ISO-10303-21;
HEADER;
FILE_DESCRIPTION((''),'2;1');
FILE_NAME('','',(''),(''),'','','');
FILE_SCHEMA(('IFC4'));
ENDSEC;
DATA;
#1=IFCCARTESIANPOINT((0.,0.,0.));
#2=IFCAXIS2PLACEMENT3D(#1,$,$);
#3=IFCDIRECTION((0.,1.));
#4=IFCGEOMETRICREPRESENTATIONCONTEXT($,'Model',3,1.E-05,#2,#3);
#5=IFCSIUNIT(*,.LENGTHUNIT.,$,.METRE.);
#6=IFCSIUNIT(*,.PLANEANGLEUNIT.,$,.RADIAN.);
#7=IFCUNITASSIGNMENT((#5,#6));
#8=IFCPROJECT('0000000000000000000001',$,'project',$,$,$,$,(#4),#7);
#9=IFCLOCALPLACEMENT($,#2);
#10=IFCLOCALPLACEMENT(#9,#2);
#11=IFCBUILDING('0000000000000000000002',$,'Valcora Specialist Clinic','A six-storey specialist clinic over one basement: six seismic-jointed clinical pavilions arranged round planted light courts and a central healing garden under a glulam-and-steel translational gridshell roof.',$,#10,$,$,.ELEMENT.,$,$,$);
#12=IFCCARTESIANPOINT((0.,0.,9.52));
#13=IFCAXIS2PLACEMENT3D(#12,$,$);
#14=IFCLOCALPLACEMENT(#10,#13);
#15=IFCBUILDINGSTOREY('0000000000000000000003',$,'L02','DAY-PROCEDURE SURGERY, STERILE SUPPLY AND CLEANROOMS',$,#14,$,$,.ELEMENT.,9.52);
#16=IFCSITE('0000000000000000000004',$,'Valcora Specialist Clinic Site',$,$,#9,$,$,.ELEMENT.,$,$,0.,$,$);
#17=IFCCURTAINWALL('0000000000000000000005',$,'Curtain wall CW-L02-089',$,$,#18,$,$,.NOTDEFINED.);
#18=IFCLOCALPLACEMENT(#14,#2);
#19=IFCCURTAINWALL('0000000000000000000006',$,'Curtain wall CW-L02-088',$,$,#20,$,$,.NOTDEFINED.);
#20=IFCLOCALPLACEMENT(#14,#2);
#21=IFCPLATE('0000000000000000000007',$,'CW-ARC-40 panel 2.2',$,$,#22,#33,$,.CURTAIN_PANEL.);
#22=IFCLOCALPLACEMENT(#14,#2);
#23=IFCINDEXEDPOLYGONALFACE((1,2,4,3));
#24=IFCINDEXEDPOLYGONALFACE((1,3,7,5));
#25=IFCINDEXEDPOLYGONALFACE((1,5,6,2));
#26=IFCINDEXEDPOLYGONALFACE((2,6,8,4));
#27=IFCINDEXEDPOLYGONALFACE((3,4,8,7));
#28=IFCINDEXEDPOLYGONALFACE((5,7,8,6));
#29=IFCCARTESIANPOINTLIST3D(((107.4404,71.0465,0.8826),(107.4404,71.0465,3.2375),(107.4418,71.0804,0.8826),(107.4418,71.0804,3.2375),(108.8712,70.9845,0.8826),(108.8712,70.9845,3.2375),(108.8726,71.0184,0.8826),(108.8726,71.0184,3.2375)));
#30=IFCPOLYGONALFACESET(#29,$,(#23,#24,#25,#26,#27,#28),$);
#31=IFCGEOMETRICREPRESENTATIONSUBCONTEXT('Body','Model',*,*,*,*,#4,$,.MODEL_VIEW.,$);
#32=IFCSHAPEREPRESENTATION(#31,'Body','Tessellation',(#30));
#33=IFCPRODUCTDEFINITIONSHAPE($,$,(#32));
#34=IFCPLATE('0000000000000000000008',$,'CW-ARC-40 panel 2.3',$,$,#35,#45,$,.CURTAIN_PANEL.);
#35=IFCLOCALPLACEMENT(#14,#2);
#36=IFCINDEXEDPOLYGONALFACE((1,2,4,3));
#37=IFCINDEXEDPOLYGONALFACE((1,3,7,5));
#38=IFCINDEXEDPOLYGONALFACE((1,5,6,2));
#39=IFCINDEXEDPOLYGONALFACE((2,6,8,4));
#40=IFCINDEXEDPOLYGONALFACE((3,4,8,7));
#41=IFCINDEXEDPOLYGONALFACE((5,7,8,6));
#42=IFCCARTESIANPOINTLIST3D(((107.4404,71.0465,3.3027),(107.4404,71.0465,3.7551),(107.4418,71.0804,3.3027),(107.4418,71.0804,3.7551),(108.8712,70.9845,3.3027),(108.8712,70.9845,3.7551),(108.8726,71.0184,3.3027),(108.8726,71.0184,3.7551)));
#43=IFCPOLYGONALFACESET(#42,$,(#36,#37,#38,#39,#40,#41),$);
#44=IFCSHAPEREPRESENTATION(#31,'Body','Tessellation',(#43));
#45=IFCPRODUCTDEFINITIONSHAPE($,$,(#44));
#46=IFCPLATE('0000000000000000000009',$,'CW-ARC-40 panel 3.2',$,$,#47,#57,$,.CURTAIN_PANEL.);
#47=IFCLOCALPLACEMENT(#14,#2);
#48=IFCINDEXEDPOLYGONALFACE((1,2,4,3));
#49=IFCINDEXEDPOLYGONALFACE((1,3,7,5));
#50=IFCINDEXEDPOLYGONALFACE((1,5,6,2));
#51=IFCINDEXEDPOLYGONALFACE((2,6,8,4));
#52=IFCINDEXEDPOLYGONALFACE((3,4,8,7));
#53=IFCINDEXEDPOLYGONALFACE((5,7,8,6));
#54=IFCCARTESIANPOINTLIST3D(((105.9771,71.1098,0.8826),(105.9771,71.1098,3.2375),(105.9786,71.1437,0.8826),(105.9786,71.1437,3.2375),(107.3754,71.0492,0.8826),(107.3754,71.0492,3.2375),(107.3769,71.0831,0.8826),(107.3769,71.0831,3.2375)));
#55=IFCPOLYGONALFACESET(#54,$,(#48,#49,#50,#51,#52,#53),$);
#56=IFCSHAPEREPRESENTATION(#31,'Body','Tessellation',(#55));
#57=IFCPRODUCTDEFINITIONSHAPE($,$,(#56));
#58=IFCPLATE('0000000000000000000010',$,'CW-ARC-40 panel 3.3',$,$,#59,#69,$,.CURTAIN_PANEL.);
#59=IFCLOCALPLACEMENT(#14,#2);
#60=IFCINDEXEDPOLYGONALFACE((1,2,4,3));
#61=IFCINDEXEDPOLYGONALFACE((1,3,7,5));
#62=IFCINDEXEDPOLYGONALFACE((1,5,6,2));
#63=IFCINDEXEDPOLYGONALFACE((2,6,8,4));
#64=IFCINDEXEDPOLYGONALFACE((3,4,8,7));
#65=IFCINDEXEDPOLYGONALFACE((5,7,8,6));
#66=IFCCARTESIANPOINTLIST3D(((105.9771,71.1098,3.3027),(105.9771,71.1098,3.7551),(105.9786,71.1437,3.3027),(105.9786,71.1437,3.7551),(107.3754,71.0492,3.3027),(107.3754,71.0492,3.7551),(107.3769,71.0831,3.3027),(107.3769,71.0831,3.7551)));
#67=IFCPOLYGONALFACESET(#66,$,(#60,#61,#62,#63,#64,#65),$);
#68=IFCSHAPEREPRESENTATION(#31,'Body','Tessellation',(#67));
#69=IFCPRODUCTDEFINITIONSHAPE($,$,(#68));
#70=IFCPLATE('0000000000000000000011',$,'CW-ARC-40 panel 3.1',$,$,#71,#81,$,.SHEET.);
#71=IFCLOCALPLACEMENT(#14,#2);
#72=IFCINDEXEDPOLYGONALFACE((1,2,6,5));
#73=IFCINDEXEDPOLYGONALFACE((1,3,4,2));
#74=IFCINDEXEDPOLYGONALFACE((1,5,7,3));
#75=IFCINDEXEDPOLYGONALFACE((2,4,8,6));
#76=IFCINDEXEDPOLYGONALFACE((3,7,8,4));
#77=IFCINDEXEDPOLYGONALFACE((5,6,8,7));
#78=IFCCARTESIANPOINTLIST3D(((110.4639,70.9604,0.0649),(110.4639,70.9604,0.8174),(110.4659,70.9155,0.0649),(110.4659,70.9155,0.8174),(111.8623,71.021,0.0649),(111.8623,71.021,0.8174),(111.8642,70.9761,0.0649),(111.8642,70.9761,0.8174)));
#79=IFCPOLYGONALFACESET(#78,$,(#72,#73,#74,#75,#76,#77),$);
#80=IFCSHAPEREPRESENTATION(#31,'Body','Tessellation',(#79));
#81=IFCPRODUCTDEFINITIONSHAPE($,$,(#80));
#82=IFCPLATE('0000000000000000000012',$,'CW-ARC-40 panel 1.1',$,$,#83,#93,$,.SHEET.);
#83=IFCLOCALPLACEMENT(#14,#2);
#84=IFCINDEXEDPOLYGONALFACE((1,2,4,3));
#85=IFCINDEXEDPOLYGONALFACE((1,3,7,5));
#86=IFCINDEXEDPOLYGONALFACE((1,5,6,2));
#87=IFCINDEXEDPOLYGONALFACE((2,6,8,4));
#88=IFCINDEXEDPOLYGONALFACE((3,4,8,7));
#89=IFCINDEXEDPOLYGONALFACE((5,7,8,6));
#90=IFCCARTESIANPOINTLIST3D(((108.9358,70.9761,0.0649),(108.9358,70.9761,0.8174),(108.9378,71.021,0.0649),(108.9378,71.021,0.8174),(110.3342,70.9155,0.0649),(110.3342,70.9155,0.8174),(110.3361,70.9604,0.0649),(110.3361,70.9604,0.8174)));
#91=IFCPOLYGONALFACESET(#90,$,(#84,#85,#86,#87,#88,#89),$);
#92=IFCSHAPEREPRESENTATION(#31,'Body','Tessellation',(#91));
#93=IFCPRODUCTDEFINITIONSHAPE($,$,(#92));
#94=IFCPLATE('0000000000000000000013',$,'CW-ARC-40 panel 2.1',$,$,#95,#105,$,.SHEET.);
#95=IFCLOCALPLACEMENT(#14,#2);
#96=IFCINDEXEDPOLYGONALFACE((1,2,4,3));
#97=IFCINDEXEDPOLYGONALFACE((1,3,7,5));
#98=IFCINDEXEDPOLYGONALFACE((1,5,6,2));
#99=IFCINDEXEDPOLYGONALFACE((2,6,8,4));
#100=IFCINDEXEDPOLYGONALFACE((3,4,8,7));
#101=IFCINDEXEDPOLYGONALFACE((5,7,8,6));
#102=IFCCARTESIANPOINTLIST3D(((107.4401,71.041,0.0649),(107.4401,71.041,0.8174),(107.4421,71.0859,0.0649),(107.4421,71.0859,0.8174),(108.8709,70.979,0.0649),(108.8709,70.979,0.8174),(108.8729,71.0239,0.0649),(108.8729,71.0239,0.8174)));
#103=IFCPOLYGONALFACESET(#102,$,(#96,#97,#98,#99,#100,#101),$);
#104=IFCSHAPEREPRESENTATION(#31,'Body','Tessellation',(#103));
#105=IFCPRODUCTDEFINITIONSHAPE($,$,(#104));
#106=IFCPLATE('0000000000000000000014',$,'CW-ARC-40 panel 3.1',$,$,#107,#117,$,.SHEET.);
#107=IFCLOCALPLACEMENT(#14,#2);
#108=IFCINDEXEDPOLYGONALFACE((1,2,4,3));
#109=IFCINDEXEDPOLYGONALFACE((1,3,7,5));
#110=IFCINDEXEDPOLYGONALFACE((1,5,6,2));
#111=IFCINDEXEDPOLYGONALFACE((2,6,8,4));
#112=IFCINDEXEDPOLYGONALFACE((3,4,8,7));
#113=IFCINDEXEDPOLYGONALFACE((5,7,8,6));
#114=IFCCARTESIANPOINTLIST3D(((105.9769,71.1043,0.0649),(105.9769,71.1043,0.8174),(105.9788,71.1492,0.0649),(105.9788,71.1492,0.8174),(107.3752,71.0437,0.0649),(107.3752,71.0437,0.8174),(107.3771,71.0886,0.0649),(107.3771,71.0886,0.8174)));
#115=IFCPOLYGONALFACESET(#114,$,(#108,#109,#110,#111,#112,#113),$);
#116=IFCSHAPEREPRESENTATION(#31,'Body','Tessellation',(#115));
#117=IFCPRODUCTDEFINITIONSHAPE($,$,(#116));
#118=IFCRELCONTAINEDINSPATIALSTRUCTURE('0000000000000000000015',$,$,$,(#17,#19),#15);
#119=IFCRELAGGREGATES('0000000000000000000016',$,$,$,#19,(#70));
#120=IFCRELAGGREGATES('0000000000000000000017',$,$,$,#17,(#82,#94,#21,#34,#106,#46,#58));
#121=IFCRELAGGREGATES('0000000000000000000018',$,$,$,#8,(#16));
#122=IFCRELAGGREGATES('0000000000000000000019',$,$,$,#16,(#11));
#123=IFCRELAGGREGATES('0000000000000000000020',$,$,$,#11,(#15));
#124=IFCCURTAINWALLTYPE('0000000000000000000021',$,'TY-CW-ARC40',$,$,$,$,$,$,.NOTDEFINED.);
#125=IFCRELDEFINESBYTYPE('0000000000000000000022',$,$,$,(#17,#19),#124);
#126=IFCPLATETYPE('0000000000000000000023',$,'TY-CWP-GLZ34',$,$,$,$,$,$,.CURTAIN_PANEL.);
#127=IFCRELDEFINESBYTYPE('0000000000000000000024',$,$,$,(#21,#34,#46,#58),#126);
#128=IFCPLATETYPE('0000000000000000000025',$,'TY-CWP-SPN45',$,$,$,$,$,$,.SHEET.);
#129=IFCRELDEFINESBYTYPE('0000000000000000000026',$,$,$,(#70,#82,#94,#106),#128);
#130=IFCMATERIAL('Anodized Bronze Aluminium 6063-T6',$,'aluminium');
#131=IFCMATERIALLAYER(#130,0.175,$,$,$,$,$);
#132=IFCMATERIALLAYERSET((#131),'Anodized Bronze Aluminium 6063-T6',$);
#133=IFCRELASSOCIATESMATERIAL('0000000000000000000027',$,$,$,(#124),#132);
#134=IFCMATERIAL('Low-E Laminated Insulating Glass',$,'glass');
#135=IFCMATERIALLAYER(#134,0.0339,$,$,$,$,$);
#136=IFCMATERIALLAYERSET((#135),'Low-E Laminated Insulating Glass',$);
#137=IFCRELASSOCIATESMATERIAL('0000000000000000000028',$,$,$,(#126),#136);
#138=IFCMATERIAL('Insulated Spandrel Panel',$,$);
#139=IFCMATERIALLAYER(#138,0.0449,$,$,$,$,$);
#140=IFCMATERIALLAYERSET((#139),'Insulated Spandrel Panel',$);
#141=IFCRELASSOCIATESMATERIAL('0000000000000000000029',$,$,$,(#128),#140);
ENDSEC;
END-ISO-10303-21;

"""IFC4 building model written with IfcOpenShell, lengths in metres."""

from ifc_helpers import new_model, si_unit, direction, frame, origin, origin_2d, place, context, subcontext, project, spatial, rectangle, extrude, material, layer, layer_set, type_object, element, aggregate, save


model = new_model("IFC4")

# Units and contexts
model_context = context("Model", 3, precision=1e-05, world=origin(), true_north=direction((0.0, 1.0)))
body_context = subcontext(model_context, "Body", "Model", "MODEL_VIEW")
ifc_project = project(units=[si_unit("LENGTHUNIT", "METRE"), si_unit("PLANEANGLEUNIT", "RADIAN")], contexts=[model_context])

# Site, building, storey
site_placement = place(None, origin())
site = spatial("IfcSite", under=ifc_project, at=site_placement, Name="Valcora Specialist Clinic Site", CompositionType="ELEMENT", RefElevation=0.0)
building_placement = place(site_placement, origin())
building = spatial("IfcBuilding", under=site, at=building_placement, Name="Valcora Specialist Clinic", Description="A six-storey specialist clinic over one basement: six seismic-jointed clinical pavilions arranged round planted light courts and a central healing garden under a glulam-and-steel translational gridshell roof.", CompositionType="ELEMENT")
storey_placement = place(building_placement, frame((0.0, 0.0, 9.52)))
storey = spatial("IfcBuildingStorey", under=building, at=storey_placement, Name="L02", Description="DAY-PROCEDURE SURGERY, STERILE SUPPLY AND CLEANROOMS", CompositionType="ELEMENT", Elevation=9.52)

# Curtain wall
ifc_material_1 = material(Name="Anodized Bronze Aluminium 6063-T6", Category="aluminium")
ifc_layer_1 = layer(ifc_material_1, 0.175)
ifc_layer_set_1 = layer_set([ifc_layer_1], Name="Anodized Bronze Aluminium 6063-T6")
curtain_wall_type = type_object("IfcCurtainWallType", Name="TY-CW-ARC40", PredefinedType="NOTDEFINED", material=ifc_layer_set_1)
curtain_wall_1_placement = place(storey_placement, origin())
curtain_wall_1 = element("IfcCurtainWall", 1, at=curtain_wall_1_placement, inside=storey, type_object=curtain_wall_type, Name="Curtain wall CW-L02-089", PredefinedType="NOTDEFINED")

# Curtain wall
curtain_wall_2_placement = place(storey_placement, origin())
curtain_wall_2 = element("IfcCurtainWall", 2, at=curtain_wall_2_placement, inside=storey, type_object=curtain_wall_type, Name="Curtain wall CW-L02-088", PredefinedType="NOTDEFINED")
ifc_material_2 = material(Name="Low-E Laminated Insulating Glass", Category="glass")

# Plates
ifc_layer_2 = layer(ifc_material_2, 0.0339)
ifc_layer_set_2 = layer_set([ifc_layer_2], Name="Low-E Laminated Insulating Glass")
plate_type_1 = type_object("IfcPlateType", Name="TY-CWP-GLZ34", PredefinedType="CURTAIN_PANEL", material=ifc_layer_set_2)
plate_1_placement = place(storey_placement, frame((108.1565, 71.0325, 0.8826), z_axis=(0.0, 0.0, 1.0), x_axis=(-0.999062, 0.043307, 0.0)))
plate_1 = element("IfcPlate", 3, at=plate_1_placement, type_object=plate_type_1, Name="CW-ARC-40 panel 2.2", PredefinedType="CURTAIN_PANEL", context=body_context, shape_type="SweptSolid", body=[
    extrude(rectangle(XDim=1.4321, YDim=0.0339, at=origin_2d()), origin(), (0.0, 0.0, 1.0), 2.355),
])
plate_2_placement = place(storey_placement, frame((108.1565, 71.0325, 3.3027), z_axis=(0.0, 0.0, 1.0), x_axis=(-0.999062, 0.043307, 0.0)))
plate_2 = element("IfcPlate", 4, at=plate_2_placement, type_object=plate_type_1, Name="CW-ARC-40 panel 2.3", PredefinedType="CURTAIN_PANEL", context=body_context, shape_type="SweptSolid", body=[
    extrude(rectangle(XDim=1.4321, YDim=0.0339, at=origin_2d()), origin(), (0.0, 0.0, 1.0), 0.4524),
])
plate_3_placement = place(storey_placement, frame((106.677, 71.0964, 0.8826), z_axis=(0.0, 0.0, 1.0), x_axis=(-0.999062, 0.043307, 0.0)))
plate_3 = element("IfcPlate", 5, at=plate_3_placement, type_object=plate_type_1, Name="CW-ARC-40 panel 3.2", PredefinedType="CURTAIN_PANEL", context=body_context, shape_type="SweptSolid", body=[
    extrude(rectangle(XDim=1.3997, YDim=0.0339, at=origin_2d()), origin(), (0.0, 0.0, 1.0), 2.355),
])
plate_4_placement = place(storey_placement, frame((106.677, 71.0964, 3.3027), z_axis=(0.0, 0.0, 1.0), x_axis=(-0.999062, 0.043307, 0.0)))
plate_4 = element("IfcPlate", 6, at=plate_4_placement, type_object=plate_type_1, Name="CW-ARC-40 panel 3.3", PredefinedType="CURTAIN_PANEL", context=body_context, shape_type="SweptSolid", body=[
    extrude(rectangle(XDim=1.3997, YDim=0.0339, at=origin_2d()), origin(), (0.0, 0.0, 1.0), 0.4524),
])
ifc_material_3 = material(Name="Insulated Spandrel Panel")
ifc_layer_3 = layer(ifc_material_3, 0.0449)
ifc_layer_set_3 = layer_set([ifc_layer_3], Name="Insulated Spandrel Panel")
plate_type_2 = type_object("IfcPlateType", Name="TY-CWP-SPN45", PredefinedType="SHEET", material=ifc_layer_set_3)
plate_5_placement = place(storey_placement, frame((111.1641, 70.9683, 0.0649), z_axis=(0.0, 0.0, 1.0), x_axis=(-0.999062, -0.043307, 0.0)))
plate_5 = element("IfcPlate", 7, at=plate_5_placement, type_object=plate_type_2, Name="CW-ARC-40 panel 3.1", PredefinedType="SHEET", context=body_context, shape_type="SweptSolid", body=[
    extrude(rectangle(XDim=1.3997, YDim=0.0449, at=origin_2d()), origin(), (0.0, 0.0, 1.0), 0.7524),
])
aggregate(curtain_wall_2, [plate_5])
plate_6_placement = place(storey_placement, frame((109.636, 70.9683, 0.0649), z_axis=(0.0, 0.0, 1.0), x_axis=(-0.999062, 0.043307, 0.0)))
plate_6 = element("IfcPlate", 8, at=plate_6_placement, type_object=plate_type_2, Name="CW-ARC-40 panel 1.1", PredefinedType="SHEET", context=body_context, shape_type="SweptSolid", body=[
    extrude(rectangle(XDim=1.3997, YDim=0.0449, at=origin_2d()), origin(), (0.0, 0.0, 1.0), 0.7524),
])
plate_7_placement = place(storey_placement, frame((108.1565, 71.0325, 0.0649), z_axis=(0.0, 0.0, 1.0), x_axis=(-0.999062, 0.043307, 0.0)))
plate_7 = element("IfcPlate", 9, at=plate_7_placement, type_object=plate_type_2, Name="CW-ARC-40 panel 2.1", PredefinedType="SHEET", context=body_context, shape_type="SweptSolid", body=[
    extrude(rectangle(XDim=1.4321, YDim=0.0449, at=origin_2d()), origin(), (0.0, 0.0, 1.0), 0.7524),
])
plate_8_placement = place(storey_placement, frame((106.677, 71.0964, 0.0649), z_axis=(0.0, 0.0, 1.0), x_axis=(-0.999062, 0.043307, 0.0)))
plate_8 = element("IfcPlate", 10, at=plate_8_placement, type_object=plate_type_2, Name="CW-ARC-40 panel 3.1", PredefinedType="SHEET", context=body_context, shape_type="SweptSolid", body=[
    extrude(rectangle(XDim=1.3997, YDim=0.0449, at=origin_2d()), origin(), (0.0, 0.0, 1.0), 0.7524),
])
aggregate(curtain_wall_1, [plate_6, plate_7, plate_1, plate_2, plate_8, plate_3, plate_4])

save(model, "model.ifc")
